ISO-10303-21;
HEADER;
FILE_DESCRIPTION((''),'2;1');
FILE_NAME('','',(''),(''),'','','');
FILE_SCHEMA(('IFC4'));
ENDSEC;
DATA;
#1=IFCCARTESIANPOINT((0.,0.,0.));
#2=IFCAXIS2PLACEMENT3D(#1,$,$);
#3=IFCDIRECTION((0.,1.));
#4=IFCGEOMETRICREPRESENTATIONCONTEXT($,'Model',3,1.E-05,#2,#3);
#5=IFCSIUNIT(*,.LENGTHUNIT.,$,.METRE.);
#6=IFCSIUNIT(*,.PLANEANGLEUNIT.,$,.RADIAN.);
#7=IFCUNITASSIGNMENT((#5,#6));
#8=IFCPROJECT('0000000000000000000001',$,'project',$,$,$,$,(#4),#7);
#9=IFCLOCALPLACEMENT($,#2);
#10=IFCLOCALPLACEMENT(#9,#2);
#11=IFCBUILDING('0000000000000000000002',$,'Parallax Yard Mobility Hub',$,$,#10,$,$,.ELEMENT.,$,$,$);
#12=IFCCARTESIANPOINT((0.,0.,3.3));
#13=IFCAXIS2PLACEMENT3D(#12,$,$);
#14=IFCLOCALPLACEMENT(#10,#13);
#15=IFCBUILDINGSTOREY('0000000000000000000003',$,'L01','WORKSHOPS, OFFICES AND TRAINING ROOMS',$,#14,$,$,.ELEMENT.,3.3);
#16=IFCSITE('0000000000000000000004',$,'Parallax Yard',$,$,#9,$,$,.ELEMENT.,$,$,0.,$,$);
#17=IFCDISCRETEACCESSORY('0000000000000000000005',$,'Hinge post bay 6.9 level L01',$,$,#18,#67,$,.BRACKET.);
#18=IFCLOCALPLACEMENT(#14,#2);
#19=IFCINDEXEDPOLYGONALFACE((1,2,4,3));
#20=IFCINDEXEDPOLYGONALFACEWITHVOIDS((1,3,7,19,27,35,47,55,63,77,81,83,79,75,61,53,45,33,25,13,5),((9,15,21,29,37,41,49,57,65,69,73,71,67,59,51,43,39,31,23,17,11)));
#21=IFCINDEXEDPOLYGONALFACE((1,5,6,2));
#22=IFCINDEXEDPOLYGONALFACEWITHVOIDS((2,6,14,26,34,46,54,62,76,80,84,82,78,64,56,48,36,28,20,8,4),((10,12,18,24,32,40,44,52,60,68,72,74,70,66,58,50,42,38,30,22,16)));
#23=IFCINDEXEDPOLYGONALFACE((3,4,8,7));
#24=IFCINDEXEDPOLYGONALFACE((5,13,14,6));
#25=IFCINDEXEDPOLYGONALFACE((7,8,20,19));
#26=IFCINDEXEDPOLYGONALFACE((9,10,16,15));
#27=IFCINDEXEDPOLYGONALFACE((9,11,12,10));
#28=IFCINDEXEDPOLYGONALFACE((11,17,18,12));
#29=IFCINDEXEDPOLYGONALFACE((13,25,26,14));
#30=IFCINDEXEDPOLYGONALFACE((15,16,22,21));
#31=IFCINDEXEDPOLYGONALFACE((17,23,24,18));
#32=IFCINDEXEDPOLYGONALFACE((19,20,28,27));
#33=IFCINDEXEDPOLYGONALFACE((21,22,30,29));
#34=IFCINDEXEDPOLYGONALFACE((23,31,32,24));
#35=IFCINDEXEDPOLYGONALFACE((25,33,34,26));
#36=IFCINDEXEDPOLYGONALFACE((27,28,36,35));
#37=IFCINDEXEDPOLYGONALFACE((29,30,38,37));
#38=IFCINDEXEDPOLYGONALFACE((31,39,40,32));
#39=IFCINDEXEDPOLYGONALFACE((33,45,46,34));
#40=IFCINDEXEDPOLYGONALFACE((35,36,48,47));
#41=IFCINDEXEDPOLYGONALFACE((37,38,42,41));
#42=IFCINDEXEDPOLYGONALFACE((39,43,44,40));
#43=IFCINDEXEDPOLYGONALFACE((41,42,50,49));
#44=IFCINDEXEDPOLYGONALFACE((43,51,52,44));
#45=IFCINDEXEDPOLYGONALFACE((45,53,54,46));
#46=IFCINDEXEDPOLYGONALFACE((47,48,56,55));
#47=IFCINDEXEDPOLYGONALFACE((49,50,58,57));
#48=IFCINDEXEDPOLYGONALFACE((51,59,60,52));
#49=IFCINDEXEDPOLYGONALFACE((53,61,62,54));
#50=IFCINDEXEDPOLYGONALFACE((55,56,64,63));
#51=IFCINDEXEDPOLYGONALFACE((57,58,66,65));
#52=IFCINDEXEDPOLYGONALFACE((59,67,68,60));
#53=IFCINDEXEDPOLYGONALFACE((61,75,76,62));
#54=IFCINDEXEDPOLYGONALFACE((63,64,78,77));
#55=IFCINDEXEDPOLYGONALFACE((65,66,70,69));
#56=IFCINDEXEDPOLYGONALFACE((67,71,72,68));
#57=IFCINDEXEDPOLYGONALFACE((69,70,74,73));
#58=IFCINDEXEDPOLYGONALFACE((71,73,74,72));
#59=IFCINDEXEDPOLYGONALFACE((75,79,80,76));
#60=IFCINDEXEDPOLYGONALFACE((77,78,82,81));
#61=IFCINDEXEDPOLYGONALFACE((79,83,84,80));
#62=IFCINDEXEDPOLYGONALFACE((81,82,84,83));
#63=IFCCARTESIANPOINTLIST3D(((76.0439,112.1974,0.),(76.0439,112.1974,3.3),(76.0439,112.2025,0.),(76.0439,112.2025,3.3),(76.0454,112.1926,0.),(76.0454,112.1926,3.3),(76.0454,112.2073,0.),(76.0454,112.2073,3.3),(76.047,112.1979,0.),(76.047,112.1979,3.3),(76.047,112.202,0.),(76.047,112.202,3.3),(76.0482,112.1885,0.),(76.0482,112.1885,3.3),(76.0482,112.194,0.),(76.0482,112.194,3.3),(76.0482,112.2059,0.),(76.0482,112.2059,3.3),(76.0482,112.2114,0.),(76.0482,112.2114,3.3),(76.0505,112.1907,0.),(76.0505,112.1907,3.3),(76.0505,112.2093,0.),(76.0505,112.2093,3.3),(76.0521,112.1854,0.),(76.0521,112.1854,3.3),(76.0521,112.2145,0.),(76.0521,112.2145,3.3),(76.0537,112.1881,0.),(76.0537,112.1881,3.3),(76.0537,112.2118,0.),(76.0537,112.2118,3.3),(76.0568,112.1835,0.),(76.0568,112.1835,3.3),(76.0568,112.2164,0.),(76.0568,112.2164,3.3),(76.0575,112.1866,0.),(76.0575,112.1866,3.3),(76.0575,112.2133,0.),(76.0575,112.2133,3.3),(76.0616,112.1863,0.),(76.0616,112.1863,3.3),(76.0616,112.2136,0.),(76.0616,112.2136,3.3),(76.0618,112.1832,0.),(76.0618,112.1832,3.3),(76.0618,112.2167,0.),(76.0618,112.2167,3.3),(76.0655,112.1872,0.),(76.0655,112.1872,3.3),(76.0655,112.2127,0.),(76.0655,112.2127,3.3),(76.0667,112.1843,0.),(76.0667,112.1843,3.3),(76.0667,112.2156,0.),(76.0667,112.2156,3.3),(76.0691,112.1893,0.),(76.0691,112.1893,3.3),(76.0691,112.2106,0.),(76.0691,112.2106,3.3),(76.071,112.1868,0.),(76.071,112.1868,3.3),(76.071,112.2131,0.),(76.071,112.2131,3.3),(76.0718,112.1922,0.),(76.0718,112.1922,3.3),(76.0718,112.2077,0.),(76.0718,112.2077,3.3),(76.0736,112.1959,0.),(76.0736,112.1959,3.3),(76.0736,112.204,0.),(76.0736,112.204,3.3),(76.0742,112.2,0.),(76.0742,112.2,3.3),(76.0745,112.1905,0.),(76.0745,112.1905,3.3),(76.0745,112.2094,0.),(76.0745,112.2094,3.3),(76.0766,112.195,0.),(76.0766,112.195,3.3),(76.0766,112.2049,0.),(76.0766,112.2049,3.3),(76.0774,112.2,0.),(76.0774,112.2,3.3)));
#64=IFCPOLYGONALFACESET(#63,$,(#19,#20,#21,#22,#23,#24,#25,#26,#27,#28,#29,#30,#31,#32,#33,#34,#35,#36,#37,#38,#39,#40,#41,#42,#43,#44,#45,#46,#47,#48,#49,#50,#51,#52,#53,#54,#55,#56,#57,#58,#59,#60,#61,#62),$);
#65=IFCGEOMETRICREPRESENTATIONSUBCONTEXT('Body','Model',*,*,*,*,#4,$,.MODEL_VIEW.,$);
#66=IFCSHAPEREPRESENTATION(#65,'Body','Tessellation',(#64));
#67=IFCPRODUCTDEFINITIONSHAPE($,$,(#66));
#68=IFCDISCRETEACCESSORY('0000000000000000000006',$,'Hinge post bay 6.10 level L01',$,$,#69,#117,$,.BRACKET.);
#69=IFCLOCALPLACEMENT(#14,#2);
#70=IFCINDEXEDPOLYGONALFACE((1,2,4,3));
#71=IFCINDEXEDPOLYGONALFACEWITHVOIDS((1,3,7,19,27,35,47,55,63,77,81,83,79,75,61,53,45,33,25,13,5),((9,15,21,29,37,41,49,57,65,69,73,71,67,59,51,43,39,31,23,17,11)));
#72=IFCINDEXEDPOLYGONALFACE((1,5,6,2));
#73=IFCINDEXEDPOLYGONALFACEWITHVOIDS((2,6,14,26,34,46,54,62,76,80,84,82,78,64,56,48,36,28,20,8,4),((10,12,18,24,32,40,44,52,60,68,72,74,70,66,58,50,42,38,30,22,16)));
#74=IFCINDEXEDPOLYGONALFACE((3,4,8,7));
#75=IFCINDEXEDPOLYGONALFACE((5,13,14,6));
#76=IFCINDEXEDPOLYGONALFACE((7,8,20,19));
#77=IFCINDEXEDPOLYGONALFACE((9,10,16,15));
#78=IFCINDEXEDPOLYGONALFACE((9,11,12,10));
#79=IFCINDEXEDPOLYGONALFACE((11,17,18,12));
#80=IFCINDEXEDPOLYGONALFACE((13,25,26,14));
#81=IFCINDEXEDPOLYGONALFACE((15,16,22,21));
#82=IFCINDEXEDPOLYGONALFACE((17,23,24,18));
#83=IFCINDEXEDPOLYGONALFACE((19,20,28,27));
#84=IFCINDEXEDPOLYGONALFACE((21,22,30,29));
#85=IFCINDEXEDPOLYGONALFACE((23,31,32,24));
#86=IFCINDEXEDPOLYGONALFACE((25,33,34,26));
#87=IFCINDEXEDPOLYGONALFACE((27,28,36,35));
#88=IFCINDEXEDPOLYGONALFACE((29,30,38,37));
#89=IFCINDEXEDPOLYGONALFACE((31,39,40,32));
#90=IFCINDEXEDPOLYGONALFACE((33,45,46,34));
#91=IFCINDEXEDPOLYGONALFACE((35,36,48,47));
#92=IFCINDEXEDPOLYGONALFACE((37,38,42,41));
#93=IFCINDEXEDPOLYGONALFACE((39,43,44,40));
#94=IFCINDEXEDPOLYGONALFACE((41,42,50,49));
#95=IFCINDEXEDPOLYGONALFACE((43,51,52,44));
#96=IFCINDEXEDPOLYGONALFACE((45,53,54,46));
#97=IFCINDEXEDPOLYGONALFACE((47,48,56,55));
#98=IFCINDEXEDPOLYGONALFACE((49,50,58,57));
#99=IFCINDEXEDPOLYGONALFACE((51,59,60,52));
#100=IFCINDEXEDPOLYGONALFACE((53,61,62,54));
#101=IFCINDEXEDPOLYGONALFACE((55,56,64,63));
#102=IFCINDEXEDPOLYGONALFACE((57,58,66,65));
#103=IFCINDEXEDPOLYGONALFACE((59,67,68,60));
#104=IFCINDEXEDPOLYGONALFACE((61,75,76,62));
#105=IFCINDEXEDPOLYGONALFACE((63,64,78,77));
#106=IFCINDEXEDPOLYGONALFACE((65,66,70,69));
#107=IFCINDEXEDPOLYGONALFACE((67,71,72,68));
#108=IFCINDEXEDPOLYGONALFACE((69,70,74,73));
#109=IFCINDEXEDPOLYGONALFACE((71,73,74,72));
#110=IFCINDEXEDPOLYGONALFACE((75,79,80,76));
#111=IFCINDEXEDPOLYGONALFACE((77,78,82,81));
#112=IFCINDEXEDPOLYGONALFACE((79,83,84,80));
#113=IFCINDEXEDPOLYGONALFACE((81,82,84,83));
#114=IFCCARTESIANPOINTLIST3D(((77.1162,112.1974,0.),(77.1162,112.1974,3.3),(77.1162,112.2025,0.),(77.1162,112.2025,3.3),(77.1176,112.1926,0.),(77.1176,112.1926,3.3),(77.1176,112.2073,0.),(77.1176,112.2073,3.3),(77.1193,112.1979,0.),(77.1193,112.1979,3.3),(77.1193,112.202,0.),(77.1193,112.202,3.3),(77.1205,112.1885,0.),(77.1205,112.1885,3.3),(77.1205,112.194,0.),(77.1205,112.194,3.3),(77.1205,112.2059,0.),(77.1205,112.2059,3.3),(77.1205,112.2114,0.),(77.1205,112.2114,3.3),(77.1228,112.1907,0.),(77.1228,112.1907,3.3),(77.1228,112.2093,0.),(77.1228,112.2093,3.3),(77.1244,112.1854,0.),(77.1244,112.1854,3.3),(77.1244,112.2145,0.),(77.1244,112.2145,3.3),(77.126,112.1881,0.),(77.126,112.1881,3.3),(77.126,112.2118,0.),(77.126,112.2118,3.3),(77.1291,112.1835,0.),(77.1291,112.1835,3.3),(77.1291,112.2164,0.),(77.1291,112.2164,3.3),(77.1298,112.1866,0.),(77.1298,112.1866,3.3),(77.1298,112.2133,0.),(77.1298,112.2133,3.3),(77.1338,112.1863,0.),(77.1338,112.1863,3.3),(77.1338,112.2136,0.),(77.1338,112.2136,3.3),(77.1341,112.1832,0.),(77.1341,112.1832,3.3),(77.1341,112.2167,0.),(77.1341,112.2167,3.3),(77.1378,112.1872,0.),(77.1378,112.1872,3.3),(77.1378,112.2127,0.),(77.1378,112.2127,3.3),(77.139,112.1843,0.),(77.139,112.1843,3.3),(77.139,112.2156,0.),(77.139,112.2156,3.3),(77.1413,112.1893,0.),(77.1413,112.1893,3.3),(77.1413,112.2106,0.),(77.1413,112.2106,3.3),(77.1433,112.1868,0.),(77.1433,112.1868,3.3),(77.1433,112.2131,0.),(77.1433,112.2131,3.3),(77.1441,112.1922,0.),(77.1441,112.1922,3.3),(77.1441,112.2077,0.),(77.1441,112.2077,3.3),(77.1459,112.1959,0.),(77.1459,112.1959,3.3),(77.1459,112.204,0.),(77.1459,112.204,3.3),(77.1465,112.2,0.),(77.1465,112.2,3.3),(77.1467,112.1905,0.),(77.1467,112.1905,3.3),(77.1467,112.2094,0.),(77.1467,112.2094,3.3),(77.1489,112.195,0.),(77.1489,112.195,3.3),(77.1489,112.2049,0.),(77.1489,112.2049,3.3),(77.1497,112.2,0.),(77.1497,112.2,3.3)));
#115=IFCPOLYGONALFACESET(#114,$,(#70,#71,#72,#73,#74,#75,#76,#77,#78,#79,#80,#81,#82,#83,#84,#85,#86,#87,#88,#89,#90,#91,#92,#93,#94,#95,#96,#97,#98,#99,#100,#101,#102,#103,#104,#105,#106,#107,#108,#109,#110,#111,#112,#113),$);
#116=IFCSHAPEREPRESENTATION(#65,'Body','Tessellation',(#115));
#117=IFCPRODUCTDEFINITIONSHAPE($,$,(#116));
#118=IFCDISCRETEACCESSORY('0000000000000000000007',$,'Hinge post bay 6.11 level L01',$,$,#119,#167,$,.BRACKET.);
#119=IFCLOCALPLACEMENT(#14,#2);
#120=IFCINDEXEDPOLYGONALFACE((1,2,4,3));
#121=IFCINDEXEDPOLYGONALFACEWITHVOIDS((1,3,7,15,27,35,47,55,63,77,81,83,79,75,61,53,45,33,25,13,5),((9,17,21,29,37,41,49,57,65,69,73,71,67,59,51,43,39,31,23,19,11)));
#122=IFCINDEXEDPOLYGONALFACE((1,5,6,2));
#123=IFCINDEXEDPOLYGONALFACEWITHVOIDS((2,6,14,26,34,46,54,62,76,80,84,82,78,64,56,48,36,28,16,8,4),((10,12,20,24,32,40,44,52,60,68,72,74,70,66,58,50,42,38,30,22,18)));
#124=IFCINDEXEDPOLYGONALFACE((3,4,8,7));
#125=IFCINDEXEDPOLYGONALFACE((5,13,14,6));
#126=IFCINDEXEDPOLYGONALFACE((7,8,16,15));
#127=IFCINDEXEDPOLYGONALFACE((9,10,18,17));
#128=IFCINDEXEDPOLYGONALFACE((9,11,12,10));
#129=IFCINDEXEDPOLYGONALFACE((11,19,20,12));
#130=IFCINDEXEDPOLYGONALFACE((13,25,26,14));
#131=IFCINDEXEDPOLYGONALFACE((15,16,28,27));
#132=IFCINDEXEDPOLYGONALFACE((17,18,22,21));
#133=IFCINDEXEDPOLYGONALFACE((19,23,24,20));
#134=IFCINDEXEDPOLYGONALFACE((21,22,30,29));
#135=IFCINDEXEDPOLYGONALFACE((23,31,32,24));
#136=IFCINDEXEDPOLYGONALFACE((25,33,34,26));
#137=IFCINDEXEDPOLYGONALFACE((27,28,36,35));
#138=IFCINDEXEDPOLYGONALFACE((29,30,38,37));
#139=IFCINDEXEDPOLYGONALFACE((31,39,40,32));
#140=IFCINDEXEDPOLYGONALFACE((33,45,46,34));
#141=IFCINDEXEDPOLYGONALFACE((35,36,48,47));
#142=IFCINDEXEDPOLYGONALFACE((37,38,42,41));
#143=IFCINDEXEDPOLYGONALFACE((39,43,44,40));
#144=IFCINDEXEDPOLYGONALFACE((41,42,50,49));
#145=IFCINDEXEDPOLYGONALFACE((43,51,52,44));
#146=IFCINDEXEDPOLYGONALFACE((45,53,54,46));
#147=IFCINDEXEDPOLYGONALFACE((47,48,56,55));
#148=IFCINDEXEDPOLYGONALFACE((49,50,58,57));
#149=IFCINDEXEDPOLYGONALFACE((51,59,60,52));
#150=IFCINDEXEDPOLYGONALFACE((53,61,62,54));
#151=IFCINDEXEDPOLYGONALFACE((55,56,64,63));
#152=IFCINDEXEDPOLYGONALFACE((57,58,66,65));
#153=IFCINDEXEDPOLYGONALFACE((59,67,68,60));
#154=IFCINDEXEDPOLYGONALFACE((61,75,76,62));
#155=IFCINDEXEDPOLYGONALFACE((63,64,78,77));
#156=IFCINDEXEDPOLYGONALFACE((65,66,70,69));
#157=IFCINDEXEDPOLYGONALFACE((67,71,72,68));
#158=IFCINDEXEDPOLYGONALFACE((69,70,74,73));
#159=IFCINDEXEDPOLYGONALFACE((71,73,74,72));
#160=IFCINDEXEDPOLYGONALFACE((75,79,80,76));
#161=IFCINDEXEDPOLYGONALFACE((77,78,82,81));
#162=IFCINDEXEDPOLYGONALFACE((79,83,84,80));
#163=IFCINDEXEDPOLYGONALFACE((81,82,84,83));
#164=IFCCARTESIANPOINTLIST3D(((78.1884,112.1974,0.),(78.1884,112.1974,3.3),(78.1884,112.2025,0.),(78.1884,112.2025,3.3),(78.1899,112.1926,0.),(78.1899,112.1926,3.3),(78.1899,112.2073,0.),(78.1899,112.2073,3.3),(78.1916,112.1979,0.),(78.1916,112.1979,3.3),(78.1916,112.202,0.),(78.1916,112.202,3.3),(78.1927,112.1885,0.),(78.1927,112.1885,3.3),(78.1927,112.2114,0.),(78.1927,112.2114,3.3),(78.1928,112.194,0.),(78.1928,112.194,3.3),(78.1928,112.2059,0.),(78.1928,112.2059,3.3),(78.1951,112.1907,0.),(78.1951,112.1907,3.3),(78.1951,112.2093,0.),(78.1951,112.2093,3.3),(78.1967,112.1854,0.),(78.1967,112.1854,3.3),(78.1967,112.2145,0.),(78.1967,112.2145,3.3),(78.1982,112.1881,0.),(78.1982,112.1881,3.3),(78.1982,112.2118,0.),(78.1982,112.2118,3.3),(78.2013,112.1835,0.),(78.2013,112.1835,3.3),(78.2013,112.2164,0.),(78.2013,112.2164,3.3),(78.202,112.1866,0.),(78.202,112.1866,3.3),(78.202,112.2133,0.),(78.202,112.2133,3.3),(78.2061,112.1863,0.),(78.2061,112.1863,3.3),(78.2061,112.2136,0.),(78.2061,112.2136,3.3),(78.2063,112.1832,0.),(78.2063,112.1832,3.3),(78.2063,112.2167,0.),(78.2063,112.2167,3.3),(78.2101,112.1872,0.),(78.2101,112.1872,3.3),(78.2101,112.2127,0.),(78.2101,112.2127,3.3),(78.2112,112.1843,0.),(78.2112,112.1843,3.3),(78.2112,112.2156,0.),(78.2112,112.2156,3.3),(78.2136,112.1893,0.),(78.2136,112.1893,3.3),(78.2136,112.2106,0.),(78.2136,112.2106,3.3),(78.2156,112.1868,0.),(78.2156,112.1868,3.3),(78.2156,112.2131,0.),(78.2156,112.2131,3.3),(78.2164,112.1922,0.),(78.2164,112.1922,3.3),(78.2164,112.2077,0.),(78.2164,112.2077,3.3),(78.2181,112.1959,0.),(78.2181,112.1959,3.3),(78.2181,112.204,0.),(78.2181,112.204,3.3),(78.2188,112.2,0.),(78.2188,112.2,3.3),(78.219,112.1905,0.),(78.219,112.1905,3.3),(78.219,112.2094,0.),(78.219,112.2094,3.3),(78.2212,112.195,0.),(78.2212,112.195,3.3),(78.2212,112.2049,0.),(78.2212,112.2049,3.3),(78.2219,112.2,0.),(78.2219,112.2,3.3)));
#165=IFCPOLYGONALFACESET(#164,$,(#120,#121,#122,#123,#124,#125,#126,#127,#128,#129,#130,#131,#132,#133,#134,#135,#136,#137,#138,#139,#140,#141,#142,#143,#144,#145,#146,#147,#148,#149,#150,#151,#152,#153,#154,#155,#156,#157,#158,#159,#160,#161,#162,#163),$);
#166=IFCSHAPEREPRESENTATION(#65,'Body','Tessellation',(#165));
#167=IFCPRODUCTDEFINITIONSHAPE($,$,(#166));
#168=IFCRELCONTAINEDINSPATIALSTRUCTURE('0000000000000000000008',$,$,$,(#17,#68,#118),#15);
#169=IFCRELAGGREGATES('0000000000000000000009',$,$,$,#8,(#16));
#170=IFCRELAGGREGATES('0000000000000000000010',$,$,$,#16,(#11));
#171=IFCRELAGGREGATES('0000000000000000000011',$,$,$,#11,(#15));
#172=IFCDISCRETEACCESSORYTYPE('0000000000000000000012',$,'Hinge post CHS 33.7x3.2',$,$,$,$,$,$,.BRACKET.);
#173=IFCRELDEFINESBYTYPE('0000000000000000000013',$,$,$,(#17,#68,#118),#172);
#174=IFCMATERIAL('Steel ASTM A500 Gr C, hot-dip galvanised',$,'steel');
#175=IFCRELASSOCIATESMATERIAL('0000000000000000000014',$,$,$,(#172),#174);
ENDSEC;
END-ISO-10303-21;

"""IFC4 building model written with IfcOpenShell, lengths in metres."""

from ifc_helpers import new_model, si_unit, direction, frame, origin, origin_2d, place, context, subcontext, project, spatial, hollow_circle, extrude, material, material_profile, profile_set, type_object, element, save


model = new_model("IFC4")

# Units and contexts
model_context = context("Model", 3, precision=1e-05, world=origin(), true_north=direction((0.0, 1.0)))
body_context = subcontext(model_context, "Body", "Model", "MODEL_VIEW")
ifc_project = project(units=[si_unit("LENGTHUNIT", "METRE"), si_unit("PLANEANGLEUNIT", "RADIAN")], contexts=[model_context])

# Site, building, storey
site_placement = place(None, origin())
site = spatial("IfcSite", under=ifc_project, at=site_placement, Name="Parallax Yard", CompositionType="ELEMENT", RefElevation=0.0)
building_placement = place(site_placement, origin())
building = spatial("IfcBuilding", under=site, at=building_placement, Name="Parallax Yard Mobility Hub", CompositionType="ELEMENT")
storey_placement = place(building_placement, frame((0.0, 0.0, 3.3)))
storey = spatial("IfcBuildingStorey", under=building, at=storey_placement, Name="L01", Description="WORKSHOPS, OFFICES AND TRAINING ROOMS", CompositionType="ELEMENT", Elevation=3.3)

# Discrete accessories
ifc_material_1 = material(Name="Steel ASTM A500 Gr C, hot-dip galvanised", Category="steel")
ifc_material_profile_1 = material_profile(ifc_material_1, hollow_circle(Radius=0.0168, WallThickness=0.0032, at=origin_2d()), Name="CHS 33.7x3.2")
ifc_profile_set_1 = profile_set([ifc_material_profile_1], Name="Steel ASTM A500 Gr C, hot-dip galvanised")
discrete_accessory_type_1 = type_object("IfcDiscreteAccessoryType", Name="Hinge post CHS 33.7x3.2", PredefinedType="BRACKET", material=ifc_profile_set_1)
for number, where, z_axis, x_axis, name in (
    (1, (76.0605, 112.2, 0.0), (0.0, 0.0, 1.0), (1.0, 0.0, 0.0), "Hinge post bay 6.9 level L01"),
    (2, (77.1328, 112.2, 0.0), (0.0, 0.0, 1.0), (1.0, 0.0, 0.0), "Hinge post bay 6.10 level L01"),
    (3, (78.2051, 112.2, 0.0), (0.0, 0.0, 1.0), (1.0, 0.0, 0.0), "Hinge post bay 6.11 level L01"),
):
    element("IfcDiscreteAccessory", number, at=place(storey_placement, frame(where, z_axis=z_axis, x_axis=x_axis)), inside=storey, type_object=discrete_accessory_type_1, Name=name, PredefinedType="BRACKET", context=body_context, shape_type="SweptSolid", body=[
        extrude(hollow_circle(Radius=0.0168, WallThickness=0.0032, at=origin_2d()), origin(), (0.0, 0.0, 1.0), 3.3),
    ])

save(model, "model.ifc")
